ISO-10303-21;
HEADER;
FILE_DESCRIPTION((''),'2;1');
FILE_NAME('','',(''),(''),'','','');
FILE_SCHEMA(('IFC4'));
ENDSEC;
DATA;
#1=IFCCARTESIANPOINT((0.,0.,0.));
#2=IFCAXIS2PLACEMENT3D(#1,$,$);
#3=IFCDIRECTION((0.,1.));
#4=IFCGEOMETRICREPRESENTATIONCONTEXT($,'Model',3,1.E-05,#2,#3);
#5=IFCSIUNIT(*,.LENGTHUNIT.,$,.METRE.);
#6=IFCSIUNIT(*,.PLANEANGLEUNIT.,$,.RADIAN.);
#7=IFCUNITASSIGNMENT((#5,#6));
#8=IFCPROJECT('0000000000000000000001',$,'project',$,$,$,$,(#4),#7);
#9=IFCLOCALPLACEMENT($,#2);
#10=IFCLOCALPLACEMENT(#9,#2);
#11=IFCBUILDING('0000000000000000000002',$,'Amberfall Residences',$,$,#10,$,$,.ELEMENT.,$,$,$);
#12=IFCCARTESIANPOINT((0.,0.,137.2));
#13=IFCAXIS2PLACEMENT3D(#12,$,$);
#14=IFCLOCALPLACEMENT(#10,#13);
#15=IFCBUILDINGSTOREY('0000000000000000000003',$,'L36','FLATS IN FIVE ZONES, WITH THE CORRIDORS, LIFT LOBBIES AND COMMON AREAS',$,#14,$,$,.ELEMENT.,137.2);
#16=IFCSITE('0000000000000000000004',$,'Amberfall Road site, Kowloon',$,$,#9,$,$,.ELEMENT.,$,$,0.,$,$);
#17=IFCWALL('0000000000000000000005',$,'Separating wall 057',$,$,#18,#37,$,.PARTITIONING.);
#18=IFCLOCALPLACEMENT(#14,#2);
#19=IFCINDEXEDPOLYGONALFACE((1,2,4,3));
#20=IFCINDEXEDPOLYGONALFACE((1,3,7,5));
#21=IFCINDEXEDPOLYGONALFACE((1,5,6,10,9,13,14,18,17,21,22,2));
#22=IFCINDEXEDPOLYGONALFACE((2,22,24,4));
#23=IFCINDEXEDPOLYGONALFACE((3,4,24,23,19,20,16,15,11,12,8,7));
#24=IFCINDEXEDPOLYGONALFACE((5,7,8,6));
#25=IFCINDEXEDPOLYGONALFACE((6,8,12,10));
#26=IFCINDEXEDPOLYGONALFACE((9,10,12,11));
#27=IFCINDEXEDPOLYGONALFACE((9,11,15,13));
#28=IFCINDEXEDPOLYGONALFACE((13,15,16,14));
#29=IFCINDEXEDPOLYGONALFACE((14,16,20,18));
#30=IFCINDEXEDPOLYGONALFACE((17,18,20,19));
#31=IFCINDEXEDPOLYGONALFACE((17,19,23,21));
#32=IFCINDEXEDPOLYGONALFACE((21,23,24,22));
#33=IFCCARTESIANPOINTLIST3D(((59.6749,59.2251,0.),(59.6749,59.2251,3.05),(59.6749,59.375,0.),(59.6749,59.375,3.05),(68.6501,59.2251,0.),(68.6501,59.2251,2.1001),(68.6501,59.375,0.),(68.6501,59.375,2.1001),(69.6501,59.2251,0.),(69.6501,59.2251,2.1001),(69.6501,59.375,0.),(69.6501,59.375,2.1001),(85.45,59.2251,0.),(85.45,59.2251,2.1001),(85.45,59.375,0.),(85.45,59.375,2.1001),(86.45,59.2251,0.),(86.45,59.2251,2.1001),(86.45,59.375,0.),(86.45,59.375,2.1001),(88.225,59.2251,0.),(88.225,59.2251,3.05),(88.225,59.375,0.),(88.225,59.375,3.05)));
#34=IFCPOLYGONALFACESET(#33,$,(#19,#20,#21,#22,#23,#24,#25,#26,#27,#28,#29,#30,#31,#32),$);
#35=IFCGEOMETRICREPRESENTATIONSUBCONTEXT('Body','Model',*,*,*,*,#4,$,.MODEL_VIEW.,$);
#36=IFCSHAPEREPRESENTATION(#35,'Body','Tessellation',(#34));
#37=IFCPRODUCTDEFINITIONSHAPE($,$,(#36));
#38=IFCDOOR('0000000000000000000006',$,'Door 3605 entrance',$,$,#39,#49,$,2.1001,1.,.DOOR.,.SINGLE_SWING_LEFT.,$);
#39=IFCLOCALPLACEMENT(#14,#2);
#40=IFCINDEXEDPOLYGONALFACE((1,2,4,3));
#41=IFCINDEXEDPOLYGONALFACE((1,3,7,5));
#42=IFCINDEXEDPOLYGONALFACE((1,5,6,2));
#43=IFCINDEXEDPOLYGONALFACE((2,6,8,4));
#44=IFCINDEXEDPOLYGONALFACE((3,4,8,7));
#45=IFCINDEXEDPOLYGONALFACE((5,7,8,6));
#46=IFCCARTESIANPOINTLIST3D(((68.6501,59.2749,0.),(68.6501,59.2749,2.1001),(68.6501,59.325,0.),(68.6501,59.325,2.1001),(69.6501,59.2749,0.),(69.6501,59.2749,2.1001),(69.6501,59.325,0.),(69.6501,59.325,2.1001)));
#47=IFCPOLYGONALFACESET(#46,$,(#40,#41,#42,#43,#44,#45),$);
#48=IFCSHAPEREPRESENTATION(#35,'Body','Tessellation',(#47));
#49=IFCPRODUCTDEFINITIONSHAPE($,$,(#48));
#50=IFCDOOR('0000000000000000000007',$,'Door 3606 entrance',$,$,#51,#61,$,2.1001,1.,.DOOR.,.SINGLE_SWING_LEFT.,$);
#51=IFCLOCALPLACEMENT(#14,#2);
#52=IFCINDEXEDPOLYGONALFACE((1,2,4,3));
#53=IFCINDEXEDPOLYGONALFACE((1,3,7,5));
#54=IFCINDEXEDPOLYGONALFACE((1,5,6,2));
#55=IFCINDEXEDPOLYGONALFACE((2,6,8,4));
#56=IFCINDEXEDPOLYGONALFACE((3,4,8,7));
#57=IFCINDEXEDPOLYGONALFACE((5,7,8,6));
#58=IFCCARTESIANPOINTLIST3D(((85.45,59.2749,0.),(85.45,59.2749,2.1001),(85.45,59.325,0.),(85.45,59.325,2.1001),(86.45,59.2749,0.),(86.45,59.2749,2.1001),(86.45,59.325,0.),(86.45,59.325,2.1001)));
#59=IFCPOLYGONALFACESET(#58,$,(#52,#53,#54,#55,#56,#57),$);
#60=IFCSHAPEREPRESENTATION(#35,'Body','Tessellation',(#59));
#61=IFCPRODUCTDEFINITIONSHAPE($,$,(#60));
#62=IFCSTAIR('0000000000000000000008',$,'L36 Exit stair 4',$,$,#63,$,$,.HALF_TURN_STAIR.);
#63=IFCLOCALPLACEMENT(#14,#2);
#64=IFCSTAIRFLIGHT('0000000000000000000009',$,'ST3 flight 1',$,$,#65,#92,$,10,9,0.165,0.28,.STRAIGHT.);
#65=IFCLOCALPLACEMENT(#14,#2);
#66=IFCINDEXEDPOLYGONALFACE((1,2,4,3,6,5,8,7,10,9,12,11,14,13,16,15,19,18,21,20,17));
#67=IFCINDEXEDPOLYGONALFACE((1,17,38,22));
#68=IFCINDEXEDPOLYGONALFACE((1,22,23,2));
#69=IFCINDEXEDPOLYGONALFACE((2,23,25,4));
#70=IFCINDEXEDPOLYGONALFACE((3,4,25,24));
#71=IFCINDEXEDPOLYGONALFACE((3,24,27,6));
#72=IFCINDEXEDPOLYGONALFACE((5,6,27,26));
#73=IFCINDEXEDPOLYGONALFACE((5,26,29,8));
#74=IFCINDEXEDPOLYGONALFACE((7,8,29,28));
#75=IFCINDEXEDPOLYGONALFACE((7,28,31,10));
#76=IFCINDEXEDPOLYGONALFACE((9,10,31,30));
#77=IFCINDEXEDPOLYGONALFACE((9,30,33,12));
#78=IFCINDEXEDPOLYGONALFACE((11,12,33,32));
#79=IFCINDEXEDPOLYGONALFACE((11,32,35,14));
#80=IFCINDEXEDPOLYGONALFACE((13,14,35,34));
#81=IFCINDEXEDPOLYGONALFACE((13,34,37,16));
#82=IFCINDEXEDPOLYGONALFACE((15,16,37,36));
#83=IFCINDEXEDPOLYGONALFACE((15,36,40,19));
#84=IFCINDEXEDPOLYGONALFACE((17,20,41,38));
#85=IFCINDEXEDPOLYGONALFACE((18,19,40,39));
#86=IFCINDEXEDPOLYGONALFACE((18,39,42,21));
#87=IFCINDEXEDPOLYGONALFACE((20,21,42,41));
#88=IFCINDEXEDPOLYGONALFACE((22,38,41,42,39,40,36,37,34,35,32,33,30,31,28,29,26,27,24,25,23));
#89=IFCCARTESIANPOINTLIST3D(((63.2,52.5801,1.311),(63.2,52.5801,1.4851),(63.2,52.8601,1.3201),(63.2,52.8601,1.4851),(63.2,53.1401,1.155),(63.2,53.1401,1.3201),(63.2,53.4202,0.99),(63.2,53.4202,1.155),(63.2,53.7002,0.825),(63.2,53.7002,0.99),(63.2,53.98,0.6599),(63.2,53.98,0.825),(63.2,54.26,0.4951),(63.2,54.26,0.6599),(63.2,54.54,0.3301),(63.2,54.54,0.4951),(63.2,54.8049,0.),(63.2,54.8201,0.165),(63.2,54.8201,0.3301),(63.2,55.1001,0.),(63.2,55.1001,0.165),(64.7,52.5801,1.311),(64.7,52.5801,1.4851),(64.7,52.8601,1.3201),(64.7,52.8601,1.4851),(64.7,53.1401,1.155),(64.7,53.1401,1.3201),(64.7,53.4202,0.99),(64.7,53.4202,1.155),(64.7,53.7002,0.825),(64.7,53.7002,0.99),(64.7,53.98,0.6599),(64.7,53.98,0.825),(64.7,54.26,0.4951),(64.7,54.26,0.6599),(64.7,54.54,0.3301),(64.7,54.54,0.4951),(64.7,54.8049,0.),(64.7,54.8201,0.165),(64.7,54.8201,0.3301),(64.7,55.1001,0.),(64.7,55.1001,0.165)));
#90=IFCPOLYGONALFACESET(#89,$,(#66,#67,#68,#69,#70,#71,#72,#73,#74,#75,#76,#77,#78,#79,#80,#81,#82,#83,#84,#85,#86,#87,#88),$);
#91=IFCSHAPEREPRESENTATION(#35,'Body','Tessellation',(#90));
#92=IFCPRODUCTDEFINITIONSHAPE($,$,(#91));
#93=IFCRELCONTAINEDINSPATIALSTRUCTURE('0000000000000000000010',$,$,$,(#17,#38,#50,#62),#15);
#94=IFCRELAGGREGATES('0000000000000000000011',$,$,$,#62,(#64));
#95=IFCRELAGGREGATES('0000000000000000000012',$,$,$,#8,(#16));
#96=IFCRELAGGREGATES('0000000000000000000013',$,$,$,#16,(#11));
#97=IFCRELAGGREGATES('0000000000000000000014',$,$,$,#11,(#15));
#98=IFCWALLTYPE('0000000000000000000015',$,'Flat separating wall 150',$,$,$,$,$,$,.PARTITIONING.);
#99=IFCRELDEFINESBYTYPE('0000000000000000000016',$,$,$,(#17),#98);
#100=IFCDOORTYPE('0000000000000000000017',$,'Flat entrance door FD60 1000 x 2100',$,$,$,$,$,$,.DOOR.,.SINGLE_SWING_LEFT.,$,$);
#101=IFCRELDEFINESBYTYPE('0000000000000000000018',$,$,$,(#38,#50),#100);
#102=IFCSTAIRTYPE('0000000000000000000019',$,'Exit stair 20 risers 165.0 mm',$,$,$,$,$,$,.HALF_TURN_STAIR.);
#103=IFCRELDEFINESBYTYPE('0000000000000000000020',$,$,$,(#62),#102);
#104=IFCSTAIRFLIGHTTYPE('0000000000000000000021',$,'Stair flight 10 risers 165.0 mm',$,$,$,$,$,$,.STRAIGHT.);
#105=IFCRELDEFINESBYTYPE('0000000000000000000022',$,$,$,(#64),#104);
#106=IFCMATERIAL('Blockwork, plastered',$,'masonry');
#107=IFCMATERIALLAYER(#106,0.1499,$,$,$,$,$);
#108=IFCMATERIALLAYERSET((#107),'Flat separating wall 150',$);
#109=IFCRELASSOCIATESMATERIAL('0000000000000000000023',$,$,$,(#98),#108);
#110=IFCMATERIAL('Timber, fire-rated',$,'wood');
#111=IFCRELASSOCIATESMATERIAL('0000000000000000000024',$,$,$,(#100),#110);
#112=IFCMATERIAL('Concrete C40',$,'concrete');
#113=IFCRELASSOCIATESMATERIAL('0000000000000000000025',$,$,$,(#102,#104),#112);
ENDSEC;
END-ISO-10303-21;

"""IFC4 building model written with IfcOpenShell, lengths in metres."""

from ifc_helpers import new_model, si_unit, direction, frame, frame_2d, origin, place, context, subcontext, project, spatial, polyline, rectangle, outline, extrude, material, layer, layer_set, type_object, element, fill, aggregate, save


model = new_model("IFC4")

# Units and contexts
model_context = context("Model", 3, precision=1e-05, world=origin(), true_north=direction((0.0, 1.0)))
body_context = subcontext(model_context, "Body", "Model", "MODEL_VIEW")
ifc_project = project(units=[si_unit("LENGTHUNIT", "METRE"), si_unit("PLANEANGLEUNIT", "RADIAN")], contexts=[model_context])

# Site, building, storey
site_placement = place(None, origin())
site = spatial("IfcSite", under=ifc_project, at=site_placement, Name="Amberfall Road site, Kowloon", CompositionType="ELEMENT", RefElevation=0.0)
building_placement = place(site_placement, origin())
building = spatial("IfcBuilding", under=site, at=building_placement, Name="Amberfall Residences", CompositionType="ELEMENT")
storey_placement = place(building_placement, frame((0.0, 0.0, 137.2)))
storey = spatial("IfcBuildingStorey", under=building, at=storey_placement, Name="L36", Description="FLATS IN FIVE ZONES, WITH THE CORRIDORS, LIFT LOBBIES AND COMMON AREAS", CompositionType="ELEMENT", Elevation=137.2)

# Shared definitions
ifc_material_1 = material(Name="Blockwork, plastered", Category="masonry")
ifc_layer_1 = layer(ifc_material_1, 0.1499)
ifc_layer_set_1 = layer_set([ifc_layer_1], Name="Flat separating wall 150")
wall_type_1 = type_object("IfcWallType", Name="Flat separating wall 150", PredefinedType="PARTITIONING", material=ifc_layer_set_1)

# Wall, openings, doors
wall_1_placement = place(storey_placement, frame((59.675, 59.3, 0.0), z_axis=(0.0, 0.0, 1.0), x_axis=(1.0, 0.0, 0.0)))
wall_1 = element("IfcWall", 1, at=wall_1_placement, inside=storey, type_object=wall_type_1, Name="Separating wall 057", PredefinedType="PARTITIONING", context=body_context, shape_type="SweptSolid", body=[
    extrude(rectangle(XDim=28.55, YDim=0.1499, at=frame_2d((14.2749, 0.0))), origin(), (0.0, 0.0, 1.0), 3.05),
])
opening_1_placement = place(wall_1_placement, frame((8.9751, 0.0, 0.0)))
opening_1 = element("IfcOpeningElement", 2, at=opening_1_placement, cuts=wall_1, PredefinedType="OPENING", context=body_context, shape_type="SweptSolid", body=[
    extrude(rectangle(XDim=1.0, YDim=2.1001, at=frame_2d((0.5, 1.05))), frame((0.0, 0.085, 0.0), z_axis=(0.0, -1.0, 0.0), x_axis=(1.0, 0.0, 0.0)), (0.0, 0.0, 1.0), 0.1699),
])
opening_2_placement = place(wall_1_placement, frame((25.7749, 0.0, 0.0)))
opening_2 = element("IfcOpeningElement", 3, at=opening_2_placement, cuts=wall_1, PredefinedType="OPENING", context=body_context, shape_type="SweptSolid", body=[
    extrude(rectangle(XDim=1.0, YDim=2.1001, at=frame_2d((0.5, 1.05))), frame((0.0, 0.085, 0.0), z_axis=(0.0, -1.0, 0.0), x_axis=(1.0, 0.0, 0.0)), (0.0, 0.0, 1.0), 0.1699),
])
ifc_material_2 = material(Name="Timber, fire-rated", Category="wood")
door_type_1 = type_object("IfcDoorType", Name="Flat entrance door FD60 1000 x 2100", OperationType="SINGLE_SWING_LEFT", PredefinedType="DOOR", material=ifc_material_2)
door_1_placement = place(opening_1_placement, origin())
door_1 = element("IfcDoor", 4, at=door_1_placement, inside=storey, type_object=door_type_1, Name="Door 3605 entrance", OperationType="SINGLE_SWING_LEFT", OverallHeight=2.1001, OverallWidth=1.0, PredefinedType="DOOR", context=body_context, shape_type="SweptSolid", body=[
    extrude(rectangle(XDim=1.0, YDim=2.1001, at=frame_2d((0.5, 1.05))), frame((0.0, 0.0249, 0.0), z_axis=(0.0, -1.0, 0.0), x_axis=(1.0, 0.0, 0.0)), (0.0, 0.0, 1.0), 0.05),
])
fill(opening_1, door_1)
door_2_placement = place(opening_2_placement, origin())
door_2 = element("IfcDoor", 5, at=door_2_placement, inside=storey, type_object=door_type_1, Name="Door 3606 entrance", OperationType="SINGLE_SWING_LEFT", OverallHeight=2.1001, OverallWidth=1.0, PredefinedType="DOOR", context=body_context, shape_type="SweptSolid", body=[
    extrude(rectangle(XDim=1.0, YDim=2.1001, at=frame_2d((0.5, 1.05))), frame((0.0, 0.0249, 0.0), z_axis=(0.0, -1.0, 0.0), x_axis=(1.0, 0.0, 0.0)), (0.0, 0.0, 1.0), 0.05),
])
fill(opening_2, door_2)

# Stair, stair flight
ifc_material_3 = material(Name="Concrete C40", Category="concrete")
stair_type = type_object("IfcStairType", Name="Exit stair 20 risers 165.0 mm", PredefinedType="HALF_TURN_STAIR", material=ifc_material_3)
stair_placement = place(storey_placement, origin())
stair = element("IfcStair", 6, at=stair_placement, inside=storey, type_object=stair_type, Name="L36 Exit stair 4", PredefinedType="HALF_TURN_STAIR")
stair_flight_type = type_object("IfcStairFlightType", Name="Stair flight 10 risers 165.0 mm", PredefinedType="STRAIGHT", material=ifc_material_3)
stair_flight_placement = place(storey_placement, frame((63.95, 55.1001, 0.0), z_axis=(0.0, 0.0, 1.0), x_axis=(0.0, -1.0, 0.0)))
stair_flight = element("IfcStairFlight", 7, at=stair_flight_placement, type_object=stair_flight_type, Name="ST3 flight 1", NumberOfRisers=10, NumberOfTreads=9, PredefinedType="STRAIGHT", RiserHeight=0.165, TreadLength=0.28, context=body_context, shape_type="SweptSolid", body=[
    extrude(outline(polyline([(0.0, 0.0), (0.0, 0.165), (0.28, 0.165), (0.28, 0.3301), (0.5601, 0.3301), (0.5601, 0.4951), (0.8401, 0.4951), (0.8401, 0.6599), (1.1201, 0.6599), (1.1201, 0.825), (1.3999, 0.825), (1.3999, 0.99), (1.6799, 0.99), (1.6799, 1.155), (1.96, 1.155), (1.96, 1.3201), (2.24, 1.3201), (2.24, 1.4851), (2.52, 1.4851), (2.52, 1.6499), (2.52, 1.311), (0.2952, 0.0), (0.0, 0.0)])), frame((0.0, 0.75, 0.0), z_axis=(0.0, -1.0, 0.0), x_axis=(1.0, 0.0, 0.0)), (0.0, 0.0, 1.0), 1.5),
])
aggregate(stair, [stair_flight])

save(model, "model.ifc")
